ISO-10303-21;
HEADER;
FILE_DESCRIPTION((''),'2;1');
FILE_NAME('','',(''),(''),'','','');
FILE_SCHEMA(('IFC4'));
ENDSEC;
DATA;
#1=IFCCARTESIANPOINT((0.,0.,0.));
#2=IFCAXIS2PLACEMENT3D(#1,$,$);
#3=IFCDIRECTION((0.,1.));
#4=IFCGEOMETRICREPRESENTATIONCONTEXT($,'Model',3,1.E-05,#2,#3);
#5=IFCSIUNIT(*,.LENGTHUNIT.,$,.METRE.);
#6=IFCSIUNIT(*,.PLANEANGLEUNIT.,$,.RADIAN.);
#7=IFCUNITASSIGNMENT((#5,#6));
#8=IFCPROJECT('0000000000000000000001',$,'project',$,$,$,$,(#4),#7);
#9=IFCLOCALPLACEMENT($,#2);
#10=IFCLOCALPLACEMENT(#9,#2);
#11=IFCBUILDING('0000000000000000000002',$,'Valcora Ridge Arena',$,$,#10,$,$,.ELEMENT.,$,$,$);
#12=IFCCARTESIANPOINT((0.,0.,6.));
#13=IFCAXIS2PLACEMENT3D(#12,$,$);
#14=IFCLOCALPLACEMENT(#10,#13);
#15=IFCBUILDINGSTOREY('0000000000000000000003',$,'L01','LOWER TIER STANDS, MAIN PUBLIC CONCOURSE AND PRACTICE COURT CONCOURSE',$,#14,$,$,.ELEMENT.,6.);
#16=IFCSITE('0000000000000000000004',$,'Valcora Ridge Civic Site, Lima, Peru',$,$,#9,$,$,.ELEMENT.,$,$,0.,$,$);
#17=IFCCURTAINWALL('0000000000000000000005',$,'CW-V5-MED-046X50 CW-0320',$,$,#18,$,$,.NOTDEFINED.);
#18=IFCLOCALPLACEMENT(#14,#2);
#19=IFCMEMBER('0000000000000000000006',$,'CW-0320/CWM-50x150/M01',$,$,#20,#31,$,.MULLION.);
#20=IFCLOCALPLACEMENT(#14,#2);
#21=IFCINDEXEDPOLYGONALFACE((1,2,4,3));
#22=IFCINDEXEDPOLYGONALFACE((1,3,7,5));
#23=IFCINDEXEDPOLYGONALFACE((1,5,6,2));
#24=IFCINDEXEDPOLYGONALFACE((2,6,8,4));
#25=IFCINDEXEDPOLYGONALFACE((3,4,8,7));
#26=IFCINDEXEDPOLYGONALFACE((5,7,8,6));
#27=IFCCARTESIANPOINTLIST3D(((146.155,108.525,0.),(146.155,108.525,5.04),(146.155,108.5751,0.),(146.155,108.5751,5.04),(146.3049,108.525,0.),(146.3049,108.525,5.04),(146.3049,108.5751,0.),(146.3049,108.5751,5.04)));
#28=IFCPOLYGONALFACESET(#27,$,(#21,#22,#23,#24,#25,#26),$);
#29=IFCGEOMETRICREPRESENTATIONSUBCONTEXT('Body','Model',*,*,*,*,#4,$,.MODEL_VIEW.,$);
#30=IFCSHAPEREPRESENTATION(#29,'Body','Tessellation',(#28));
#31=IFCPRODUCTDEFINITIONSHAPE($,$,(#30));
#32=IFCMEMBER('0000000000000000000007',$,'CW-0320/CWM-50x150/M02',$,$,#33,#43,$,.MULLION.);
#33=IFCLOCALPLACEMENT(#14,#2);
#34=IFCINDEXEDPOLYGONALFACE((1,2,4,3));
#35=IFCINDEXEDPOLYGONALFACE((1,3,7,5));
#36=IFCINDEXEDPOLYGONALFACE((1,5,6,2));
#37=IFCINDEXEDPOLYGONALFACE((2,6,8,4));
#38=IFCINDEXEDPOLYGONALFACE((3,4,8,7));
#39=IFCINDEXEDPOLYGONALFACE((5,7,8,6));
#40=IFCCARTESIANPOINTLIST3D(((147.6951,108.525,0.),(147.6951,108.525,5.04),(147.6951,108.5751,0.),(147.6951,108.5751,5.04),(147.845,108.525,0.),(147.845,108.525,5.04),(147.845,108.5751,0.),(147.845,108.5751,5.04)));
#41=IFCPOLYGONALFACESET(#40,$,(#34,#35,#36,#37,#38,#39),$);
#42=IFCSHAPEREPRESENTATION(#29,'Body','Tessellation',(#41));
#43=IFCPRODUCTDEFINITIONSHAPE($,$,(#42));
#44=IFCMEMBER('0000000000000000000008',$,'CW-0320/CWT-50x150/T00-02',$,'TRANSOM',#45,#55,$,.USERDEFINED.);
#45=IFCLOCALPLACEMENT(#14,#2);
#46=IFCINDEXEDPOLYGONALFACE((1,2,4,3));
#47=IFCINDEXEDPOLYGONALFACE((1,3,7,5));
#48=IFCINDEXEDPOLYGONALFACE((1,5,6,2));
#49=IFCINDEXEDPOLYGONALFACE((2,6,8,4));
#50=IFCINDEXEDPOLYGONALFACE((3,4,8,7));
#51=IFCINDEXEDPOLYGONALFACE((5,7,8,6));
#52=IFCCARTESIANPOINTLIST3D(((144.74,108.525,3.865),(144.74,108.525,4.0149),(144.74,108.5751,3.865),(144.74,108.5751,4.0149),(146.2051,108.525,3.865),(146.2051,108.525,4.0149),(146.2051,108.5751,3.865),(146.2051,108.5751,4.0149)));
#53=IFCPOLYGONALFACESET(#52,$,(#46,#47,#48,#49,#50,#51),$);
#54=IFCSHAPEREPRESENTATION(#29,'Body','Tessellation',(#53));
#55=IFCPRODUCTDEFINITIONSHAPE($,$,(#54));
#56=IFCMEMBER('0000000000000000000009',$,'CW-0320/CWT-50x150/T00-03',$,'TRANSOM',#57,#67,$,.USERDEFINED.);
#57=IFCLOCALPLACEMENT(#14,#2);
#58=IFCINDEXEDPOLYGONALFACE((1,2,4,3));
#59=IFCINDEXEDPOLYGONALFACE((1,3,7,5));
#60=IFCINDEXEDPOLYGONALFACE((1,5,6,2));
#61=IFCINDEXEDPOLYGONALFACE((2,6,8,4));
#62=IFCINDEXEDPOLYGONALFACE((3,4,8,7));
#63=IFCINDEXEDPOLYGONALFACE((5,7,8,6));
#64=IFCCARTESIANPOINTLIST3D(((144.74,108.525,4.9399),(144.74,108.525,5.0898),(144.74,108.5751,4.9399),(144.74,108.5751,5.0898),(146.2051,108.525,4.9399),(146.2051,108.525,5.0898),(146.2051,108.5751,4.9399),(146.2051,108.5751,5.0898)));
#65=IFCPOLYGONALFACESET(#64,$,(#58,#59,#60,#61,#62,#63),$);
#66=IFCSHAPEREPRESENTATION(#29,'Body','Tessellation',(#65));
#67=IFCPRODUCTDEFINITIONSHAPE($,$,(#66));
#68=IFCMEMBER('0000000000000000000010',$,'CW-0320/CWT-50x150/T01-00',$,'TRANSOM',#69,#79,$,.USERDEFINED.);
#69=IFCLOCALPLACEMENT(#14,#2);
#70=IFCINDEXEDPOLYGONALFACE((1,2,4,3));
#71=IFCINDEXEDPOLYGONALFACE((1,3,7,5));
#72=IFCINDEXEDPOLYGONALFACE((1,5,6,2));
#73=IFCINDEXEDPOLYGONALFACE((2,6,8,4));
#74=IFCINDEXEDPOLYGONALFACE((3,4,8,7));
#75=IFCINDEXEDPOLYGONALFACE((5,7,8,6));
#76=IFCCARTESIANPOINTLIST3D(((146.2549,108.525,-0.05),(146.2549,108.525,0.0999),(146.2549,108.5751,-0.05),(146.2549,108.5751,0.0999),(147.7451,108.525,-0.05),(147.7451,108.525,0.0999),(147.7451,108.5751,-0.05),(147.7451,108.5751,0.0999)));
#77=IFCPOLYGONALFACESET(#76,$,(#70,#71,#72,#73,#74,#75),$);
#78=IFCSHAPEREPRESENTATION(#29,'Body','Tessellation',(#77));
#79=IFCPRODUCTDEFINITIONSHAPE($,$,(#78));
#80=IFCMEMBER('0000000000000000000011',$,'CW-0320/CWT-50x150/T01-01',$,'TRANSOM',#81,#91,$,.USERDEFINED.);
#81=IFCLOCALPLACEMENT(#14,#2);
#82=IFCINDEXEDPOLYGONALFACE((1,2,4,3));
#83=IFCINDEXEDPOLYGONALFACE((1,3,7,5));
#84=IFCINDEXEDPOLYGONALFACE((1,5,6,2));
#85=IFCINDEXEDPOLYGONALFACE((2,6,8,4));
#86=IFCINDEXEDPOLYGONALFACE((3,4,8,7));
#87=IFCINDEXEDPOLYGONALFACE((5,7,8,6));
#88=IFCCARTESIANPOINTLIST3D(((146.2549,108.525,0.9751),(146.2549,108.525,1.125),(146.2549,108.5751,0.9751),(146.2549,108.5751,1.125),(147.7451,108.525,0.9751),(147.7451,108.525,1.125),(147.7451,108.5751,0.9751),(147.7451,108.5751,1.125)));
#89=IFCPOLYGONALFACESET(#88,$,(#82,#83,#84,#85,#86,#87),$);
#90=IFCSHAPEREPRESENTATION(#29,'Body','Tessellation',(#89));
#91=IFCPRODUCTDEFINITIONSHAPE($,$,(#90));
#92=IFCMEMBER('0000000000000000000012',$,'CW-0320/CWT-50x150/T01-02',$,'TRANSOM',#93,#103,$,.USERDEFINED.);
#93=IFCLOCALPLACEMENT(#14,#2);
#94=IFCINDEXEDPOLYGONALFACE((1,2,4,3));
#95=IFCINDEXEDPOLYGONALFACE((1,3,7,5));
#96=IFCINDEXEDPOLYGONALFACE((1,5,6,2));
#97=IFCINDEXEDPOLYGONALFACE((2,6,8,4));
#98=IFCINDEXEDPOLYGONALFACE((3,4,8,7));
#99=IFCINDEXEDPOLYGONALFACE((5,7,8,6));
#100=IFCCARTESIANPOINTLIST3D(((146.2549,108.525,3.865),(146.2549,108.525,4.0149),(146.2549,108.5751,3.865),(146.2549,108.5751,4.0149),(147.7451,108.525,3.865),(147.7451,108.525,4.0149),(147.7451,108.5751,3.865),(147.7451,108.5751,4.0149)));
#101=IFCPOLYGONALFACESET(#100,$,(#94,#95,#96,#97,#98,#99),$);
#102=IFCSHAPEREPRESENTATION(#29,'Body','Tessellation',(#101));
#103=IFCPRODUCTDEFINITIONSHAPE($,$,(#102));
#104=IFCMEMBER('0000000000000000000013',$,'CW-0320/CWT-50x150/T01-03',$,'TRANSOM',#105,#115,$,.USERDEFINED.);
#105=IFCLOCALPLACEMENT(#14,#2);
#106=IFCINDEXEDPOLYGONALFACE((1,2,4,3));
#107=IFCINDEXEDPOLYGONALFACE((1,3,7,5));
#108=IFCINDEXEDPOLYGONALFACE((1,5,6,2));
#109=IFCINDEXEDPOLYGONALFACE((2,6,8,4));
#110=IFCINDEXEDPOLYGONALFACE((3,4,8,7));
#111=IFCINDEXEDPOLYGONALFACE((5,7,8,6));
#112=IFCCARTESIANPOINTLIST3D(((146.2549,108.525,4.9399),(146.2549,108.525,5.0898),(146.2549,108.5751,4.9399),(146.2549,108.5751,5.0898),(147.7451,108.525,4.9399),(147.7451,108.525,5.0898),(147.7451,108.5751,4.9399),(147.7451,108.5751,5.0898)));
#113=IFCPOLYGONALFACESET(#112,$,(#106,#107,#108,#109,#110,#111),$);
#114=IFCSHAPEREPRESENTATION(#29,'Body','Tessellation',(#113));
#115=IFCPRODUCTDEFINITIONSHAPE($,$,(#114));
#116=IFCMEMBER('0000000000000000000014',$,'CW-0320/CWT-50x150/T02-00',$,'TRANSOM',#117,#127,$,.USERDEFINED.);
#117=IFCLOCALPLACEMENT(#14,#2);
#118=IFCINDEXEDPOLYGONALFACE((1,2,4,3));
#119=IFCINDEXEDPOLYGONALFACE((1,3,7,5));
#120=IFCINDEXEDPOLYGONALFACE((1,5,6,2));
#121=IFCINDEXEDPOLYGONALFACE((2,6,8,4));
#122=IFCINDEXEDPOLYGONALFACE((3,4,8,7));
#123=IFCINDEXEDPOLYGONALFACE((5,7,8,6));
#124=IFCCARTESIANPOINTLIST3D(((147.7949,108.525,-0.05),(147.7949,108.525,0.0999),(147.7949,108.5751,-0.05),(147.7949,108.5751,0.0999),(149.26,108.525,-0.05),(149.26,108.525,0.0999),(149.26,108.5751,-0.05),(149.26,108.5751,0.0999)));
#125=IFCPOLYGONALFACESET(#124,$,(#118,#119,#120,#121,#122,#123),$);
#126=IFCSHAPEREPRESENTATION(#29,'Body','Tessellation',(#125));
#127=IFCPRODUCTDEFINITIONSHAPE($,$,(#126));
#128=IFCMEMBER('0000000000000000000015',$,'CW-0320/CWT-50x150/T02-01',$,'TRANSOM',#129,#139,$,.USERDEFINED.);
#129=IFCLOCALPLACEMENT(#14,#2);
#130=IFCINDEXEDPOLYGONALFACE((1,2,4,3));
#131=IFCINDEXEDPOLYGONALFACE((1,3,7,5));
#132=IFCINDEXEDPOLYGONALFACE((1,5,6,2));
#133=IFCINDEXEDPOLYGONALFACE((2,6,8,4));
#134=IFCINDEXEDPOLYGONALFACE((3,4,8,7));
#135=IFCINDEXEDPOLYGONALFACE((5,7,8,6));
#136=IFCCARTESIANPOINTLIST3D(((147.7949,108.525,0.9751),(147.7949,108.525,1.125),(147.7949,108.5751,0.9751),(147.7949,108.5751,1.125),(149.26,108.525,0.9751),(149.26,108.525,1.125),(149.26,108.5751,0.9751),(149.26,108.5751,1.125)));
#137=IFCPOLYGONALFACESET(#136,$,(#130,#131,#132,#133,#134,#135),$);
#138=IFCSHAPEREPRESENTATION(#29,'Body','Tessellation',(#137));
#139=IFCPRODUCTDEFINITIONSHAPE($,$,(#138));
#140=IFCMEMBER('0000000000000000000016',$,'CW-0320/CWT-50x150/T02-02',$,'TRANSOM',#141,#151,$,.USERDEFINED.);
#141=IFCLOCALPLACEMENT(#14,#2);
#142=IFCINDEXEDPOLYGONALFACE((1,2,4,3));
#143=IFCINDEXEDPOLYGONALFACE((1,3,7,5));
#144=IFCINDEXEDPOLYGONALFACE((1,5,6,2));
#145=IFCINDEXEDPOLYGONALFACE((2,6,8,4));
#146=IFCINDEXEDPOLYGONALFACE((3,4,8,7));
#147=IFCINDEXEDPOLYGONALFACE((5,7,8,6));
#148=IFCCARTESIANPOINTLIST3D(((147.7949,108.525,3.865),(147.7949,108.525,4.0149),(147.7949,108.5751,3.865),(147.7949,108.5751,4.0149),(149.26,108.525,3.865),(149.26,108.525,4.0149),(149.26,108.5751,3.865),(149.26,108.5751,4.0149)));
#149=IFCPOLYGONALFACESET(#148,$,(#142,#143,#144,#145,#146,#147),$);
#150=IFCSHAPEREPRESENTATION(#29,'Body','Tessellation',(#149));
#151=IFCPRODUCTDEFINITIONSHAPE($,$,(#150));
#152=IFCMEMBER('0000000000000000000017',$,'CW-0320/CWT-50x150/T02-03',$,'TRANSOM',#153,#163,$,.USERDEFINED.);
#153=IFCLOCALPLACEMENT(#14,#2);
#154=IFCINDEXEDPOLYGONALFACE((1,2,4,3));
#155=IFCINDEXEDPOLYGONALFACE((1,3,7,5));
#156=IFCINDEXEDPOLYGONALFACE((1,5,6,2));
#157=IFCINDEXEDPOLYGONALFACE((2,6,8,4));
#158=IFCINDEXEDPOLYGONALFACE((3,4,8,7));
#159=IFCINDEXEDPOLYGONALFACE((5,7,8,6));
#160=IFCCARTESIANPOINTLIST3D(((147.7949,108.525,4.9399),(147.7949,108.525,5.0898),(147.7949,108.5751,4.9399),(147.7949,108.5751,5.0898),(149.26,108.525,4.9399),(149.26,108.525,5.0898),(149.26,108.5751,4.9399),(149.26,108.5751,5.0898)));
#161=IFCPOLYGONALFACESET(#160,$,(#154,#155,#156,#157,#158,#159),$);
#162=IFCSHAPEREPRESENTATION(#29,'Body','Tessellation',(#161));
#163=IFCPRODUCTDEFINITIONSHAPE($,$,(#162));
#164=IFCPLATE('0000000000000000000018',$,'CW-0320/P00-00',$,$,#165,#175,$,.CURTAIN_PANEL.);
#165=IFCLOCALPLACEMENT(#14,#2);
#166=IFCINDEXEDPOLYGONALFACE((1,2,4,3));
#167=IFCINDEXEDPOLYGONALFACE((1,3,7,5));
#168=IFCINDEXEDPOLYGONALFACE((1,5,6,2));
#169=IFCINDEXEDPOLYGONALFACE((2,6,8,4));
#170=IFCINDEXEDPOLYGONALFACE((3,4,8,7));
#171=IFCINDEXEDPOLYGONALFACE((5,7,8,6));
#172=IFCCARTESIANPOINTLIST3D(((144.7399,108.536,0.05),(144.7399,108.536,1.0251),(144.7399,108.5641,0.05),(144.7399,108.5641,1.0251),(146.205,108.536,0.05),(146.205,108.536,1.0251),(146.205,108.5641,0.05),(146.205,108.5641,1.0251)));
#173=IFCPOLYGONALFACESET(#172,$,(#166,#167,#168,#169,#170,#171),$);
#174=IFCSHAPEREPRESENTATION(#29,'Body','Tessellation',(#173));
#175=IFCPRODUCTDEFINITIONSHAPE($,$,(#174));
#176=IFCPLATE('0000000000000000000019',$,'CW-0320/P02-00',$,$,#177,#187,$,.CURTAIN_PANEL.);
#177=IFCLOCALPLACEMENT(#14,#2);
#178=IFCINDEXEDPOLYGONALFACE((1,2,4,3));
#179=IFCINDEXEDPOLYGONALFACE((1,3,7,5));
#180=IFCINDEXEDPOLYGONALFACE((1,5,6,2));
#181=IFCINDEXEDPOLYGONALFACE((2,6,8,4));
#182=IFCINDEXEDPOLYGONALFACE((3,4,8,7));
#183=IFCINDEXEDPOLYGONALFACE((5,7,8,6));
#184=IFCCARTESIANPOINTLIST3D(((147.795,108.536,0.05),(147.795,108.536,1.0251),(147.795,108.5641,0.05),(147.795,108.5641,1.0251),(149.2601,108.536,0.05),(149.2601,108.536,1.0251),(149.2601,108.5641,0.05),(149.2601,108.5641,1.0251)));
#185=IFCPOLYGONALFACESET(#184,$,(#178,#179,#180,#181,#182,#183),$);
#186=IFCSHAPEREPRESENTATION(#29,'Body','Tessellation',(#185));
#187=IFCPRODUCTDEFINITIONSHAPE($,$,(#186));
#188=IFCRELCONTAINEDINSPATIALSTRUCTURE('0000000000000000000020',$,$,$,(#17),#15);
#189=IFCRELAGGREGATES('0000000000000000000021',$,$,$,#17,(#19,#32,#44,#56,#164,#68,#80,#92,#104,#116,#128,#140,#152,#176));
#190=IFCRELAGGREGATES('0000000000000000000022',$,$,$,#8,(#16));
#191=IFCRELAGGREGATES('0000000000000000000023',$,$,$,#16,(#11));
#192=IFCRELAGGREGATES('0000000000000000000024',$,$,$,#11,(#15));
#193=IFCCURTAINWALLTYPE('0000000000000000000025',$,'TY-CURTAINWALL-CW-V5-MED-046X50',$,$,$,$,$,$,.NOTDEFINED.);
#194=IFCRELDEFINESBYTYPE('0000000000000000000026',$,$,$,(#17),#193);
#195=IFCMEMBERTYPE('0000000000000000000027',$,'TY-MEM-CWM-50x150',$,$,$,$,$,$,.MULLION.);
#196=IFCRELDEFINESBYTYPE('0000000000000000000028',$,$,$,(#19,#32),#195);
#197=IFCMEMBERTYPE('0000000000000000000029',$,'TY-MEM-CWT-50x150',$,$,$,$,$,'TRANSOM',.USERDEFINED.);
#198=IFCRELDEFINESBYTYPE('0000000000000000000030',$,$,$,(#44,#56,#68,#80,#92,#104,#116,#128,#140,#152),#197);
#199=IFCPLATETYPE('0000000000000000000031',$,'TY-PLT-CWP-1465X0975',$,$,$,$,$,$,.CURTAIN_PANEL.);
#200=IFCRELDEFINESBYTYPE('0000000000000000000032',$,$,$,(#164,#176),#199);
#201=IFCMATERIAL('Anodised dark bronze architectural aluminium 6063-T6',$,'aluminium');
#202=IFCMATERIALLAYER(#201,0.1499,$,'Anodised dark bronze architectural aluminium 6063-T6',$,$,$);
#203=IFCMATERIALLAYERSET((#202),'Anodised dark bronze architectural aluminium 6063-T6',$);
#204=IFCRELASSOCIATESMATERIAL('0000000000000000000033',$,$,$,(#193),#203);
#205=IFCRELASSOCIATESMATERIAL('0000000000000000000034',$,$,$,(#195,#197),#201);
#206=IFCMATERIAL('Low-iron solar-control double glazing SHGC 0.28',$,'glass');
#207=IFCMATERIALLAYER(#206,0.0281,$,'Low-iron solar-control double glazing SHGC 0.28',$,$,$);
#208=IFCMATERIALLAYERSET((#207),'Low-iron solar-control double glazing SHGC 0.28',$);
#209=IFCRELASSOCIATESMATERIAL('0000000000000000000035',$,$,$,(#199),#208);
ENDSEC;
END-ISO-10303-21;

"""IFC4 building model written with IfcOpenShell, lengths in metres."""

from ifc_helpers import new_model, si_unit, direction, frame, origin, origin_2d, place, context, subcontext, project, spatial, rectangle, extrude, material, layer, layer_set, material_profile, profile_set, type_object, element, aggregate, save


model = new_model("IFC4")

# Units and contexts
model_context = context("Model", 3, precision=1e-05, world=origin(), true_north=direction((0.0, 1.0)))
body_context = subcontext(model_context, "Body", "Model", "MODEL_VIEW")
ifc_project = project(units=[si_unit("LENGTHUNIT", "METRE"), si_unit("PLANEANGLEUNIT", "RADIAN")], contexts=[model_context])

# Site, building, storey
site_placement = place(None, origin())
site = spatial("IfcSite", under=ifc_project, at=site_placement, Name="Valcora Ridge Civic Site, Lima, Peru", CompositionType="ELEMENT", RefElevation=0.0)
building_placement = place(site_placement, origin())
building = spatial("IfcBuilding", under=site, at=building_placement, Name="Valcora Ridge Arena", CompositionType="ELEMENT")
storey_placement = place(building_placement, frame((0.0, 0.0, 6.0)))
storey = spatial("IfcBuildingStorey", under=building, at=storey_placement, Name="L01", Description="LOWER TIER STANDS, MAIN PUBLIC CONCOURSE AND PRACTICE COURT CONCOURSE", CompositionType="ELEMENT", Elevation=6.0)

# Curtain wall, members, plates
ifc_material_1 = material(Name="Anodised dark bronze architectural aluminium 6063-T6", Category="aluminium")
ifc_layer_1 = layer(ifc_material_1, 0.1499, Name="Anodised dark bronze architectural aluminium 6063-T6")
ifc_layer_set_1 = layer_set([ifc_layer_1], Name="Anodised dark bronze architectural aluminium 6063-T6")
curtain_wall_type = type_object("IfcCurtainWallType", Name="TY-CURTAINWALL-CW-V5-MED-046X50", PredefinedType="NOTDEFINED", material=ifc_layer_set_1)
curtain_wall_placement = place(storey_placement, origin())
curtain_wall = element("IfcCurtainWall", 1, at=curtain_wall_placement, inside=storey, type_object=curtain_wall_type, Name="CW-V5-MED-046X50 CW-0320", PredefinedType="NOTDEFINED")
ifc_material_profile_1 = material_profile(ifc_material_1, rectangle(XDim=0.05, YDim=0.1499, at=origin_2d()), Name="ALU MULLION 50x150")
ifc_profile_set_1 = profile_set([ifc_material_profile_1], Name="Anodised dark bronze architectural aluminium 6063-T6")
member_type_1 = type_object("IfcMemberType", Name="TY-MEM-CWM-50x150", PredefinedType="MULLION", material=ifc_profile_set_1)
member_1_placement = place(storey_placement, frame((146.23, 108.55, 0.0), z_axis=(0.0, 0.0, 1.0), x_axis=(0.0, 1.0, 0.0)))
member_1 = element("IfcMember", 2, at=member_1_placement, type_object=member_type_1, Name="CW-0320/CWM-50x150/M01", PredefinedType="MULLION", context=body_context, shape_type="SweptSolid", body=[
    extrude(rectangle(XDim=0.05, YDim=0.1499, at=origin_2d()), origin(), (0.0, 0.0, 1.0), 5.04),
])
member_2_placement = place(storey_placement, frame((147.77, 108.55, 0.0), z_axis=(0.0, 0.0, 1.0), x_axis=(0.0, 1.0, 0.0)))
member_2 = element("IfcMember", 3, at=member_2_placement, type_object=member_type_1, Name="CW-0320/CWM-50x150/M02", PredefinedType="MULLION", context=body_context, shape_type="SweptSolid", body=[
    extrude(rectangle(XDim=0.05, YDim=0.1499, at=origin_2d()), origin(), (0.0, 0.0, 1.0), 5.04),
])
ifc_material_profile_2 = material_profile(ifc_material_1, rectangle(XDim=0.05, YDim=0.1499, at=origin_2d()), Name="ALU TRANSOM 50x150")
ifc_profile_set_2 = profile_set([ifc_material_profile_2], Name="Anodised dark bronze architectural aluminium 6063-T6")
member_type_2 = type_object("IfcMemberType", Name="TY-MEM-CWT-50x150", ElementType="TRANSOM", PredefinedType="USERDEFINED", material=ifc_profile_set_2)
member_3_placement = place(storey_placement, frame((144.74, 108.55, 3.9399), z_axis=(1.0, 0.0, 0.0), x_axis=(0.0, 1.0, 0.0)))
member_3 = element("IfcMember", 4, at=member_3_placement, type_object=member_type_2, Name="CW-0320/CWT-50x150/T00-02", ObjectType="TRANSOM", PredefinedType="USERDEFINED", context=body_context, shape_type="SweptSolid", body=[
    extrude(rectangle(XDim=0.05, YDim=0.1499, at=origin_2d()), origin(), (0.0, 0.0, 1.0), 1.4651),
])
member_4_placement = place(storey_placement, frame((144.74, 108.55, 5.0149), z_axis=(1.0, 0.0, 0.0), x_axis=(0.0, 1.0, 0.0)))
member_4 = element("IfcMember", 5, at=member_4_placement, type_object=member_type_2, Name="CW-0320/CWT-50x150/T00-03", ObjectType="TRANSOM", PredefinedType="USERDEFINED", context=body_context, shape_type="SweptSolid", body=[
    extrude(rectangle(XDim=0.05, YDim=0.1499, at=origin_2d()), origin(), (0.0, 0.0, 1.0), 1.4651),
])
member_5_placement = place(storey_placement, frame((146.2549, 108.55, 0.0249), z_axis=(1.0, 0.0, 0.0), x_axis=(0.0, 1.0, 0.0)))
member_5 = element("IfcMember", 6, at=member_5_placement, type_object=member_type_2, Name="CW-0320/CWT-50x150/T01-00", ObjectType="TRANSOM", PredefinedType="USERDEFINED", context=body_context, shape_type="SweptSolid", body=[
    extrude(rectangle(XDim=0.05, YDim=0.1499, at=origin_2d()), origin(), (0.0, 0.0, 1.0), 1.4902),
])
member_6_placement = place(storey_placement, frame((146.2549, 108.55, 1.05), z_axis=(1.0, 0.0, 0.0), x_axis=(0.0, 1.0, 0.0)))
member_6 = element("IfcMember", 7, at=member_6_placement, type_object=member_type_2, Name="CW-0320/CWT-50x150/T01-01", ObjectType="TRANSOM", PredefinedType="USERDEFINED", context=body_context, shape_type="SweptSolid", body=[
    extrude(rectangle(XDim=0.05, YDim=0.1499, at=origin_2d()), origin(), (0.0, 0.0, 1.0), 1.4902),
])
member_7_placement = place(storey_placement, frame((146.2549, 108.55, 3.9399), z_axis=(1.0, 0.0, 0.0), x_axis=(0.0, 1.0, 0.0)))
member_7 = element("IfcMember", 8, at=member_7_placement, type_object=member_type_2, Name="CW-0320/CWT-50x150/T01-02", ObjectType="TRANSOM", PredefinedType="USERDEFINED", context=body_context, shape_type="SweptSolid", body=[
    extrude(rectangle(XDim=0.05, YDim=0.1499, at=origin_2d()), origin(), (0.0, 0.0, 1.0), 1.4902),
])
member_8_placement = place(storey_placement, frame((146.2549, 108.55, 5.0149), z_axis=(1.0, 0.0, 0.0), x_axis=(0.0, 1.0, 0.0)))
member_8 = element("IfcMember", 9, at=member_8_placement, type_object=member_type_2, Name="CW-0320/CWT-50x150/T01-03", ObjectType="TRANSOM", PredefinedType="USERDEFINED", context=body_context, shape_type="SweptSolid", body=[
    extrude(rectangle(XDim=0.05, YDim=0.1499, at=origin_2d()), origin(), (0.0, 0.0, 1.0), 1.4902),
])
member_9_placement = place(storey_placement, frame((147.7949, 108.55, 0.0249), z_axis=(1.0, 0.0, 0.0), x_axis=(0.0, 1.0, 0.0)))
member_9 = element("IfcMember", 10, at=member_9_placement, type_object=member_type_2, Name="CW-0320/CWT-50x150/T02-00", ObjectType="TRANSOM", PredefinedType="USERDEFINED", context=body_context, shape_type="SweptSolid", body=[
    extrude(rectangle(XDim=0.05, YDim=0.1499, at=origin_2d()), origin(), (0.0, 0.0, 1.0), 1.4651),
])
member_10_placement = place(storey_placement, frame((147.7949, 108.55, 1.05), z_axis=(1.0, 0.0, 0.0), x_axis=(0.0, 1.0, 0.0)))
member_10 = element("IfcMember", 11, at=member_10_placement, type_object=member_type_2, Name="CW-0320/CWT-50x150/T02-01", ObjectType="TRANSOM", PredefinedType="USERDEFINED", context=body_context, shape_type="SweptSolid", body=[
    extrude(rectangle(XDim=0.05, YDim=0.1499, at=origin_2d()), origin(), (0.0, 0.0, 1.0), 1.4651),
])
member_11_placement = place(storey_placement, frame((147.7949, 108.55, 3.9399), z_axis=(1.0, 0.0, 0.0), x_axis=(0.0, 1.0, 0.0)))
member_11 = element("IfcMember", 12, at=member_11_placement, type_object=member_type_2, Name="CW-0320/CWT-50x150/T02-02", ObjectType="TRANSOM", PredefinedType="USERDEFINED", context=body_context, shape_type="SweptSolid", body=[
    extrude(rectangle(XDim=0.05, YDim=0.1499, at=origin_2d()), origin(), (0.0, 0.0, 1.0), 1.4651),
])
member_12_placement = place(storey_placement, frame((147.7949, 108.55, 5.0149), z_axis=(1.0, 0.0, 0.0), x_axis=(0.0, 1.0, 0.0)))
member_12 = element("IfcMember", 13, at=member_12_placement, type_object=member_type_2, Name="CW-0320/CWT-50x150/T02-03", ObjectType="TRANSOM", PredefinedType="USERDEFINED", context=body_context, shape_type="SweptSolid", body=[
    extrude(rectangle(XDim=0.05, YDim=0.1499, at=origin_2d()), origin(), (0.0, 0.0, 1.0), 1.4651),
])
ifc_material_2 = material(Name="Low-iron solar-control double glazing SHGC 0.28", Category="glass")
ifc_layer_2 = layer(ifc_material_2, 0.0281, Name="Low-iron solar-control double glazing SHGC 0.28")
ifc_layer_set_2 = layer_set([ifc_layer_2], Name="Low-iron solar-control double glazing SHGC 0.28")
plate_type_1 = type_object("IfcPlateType", Name="TY-PLT-CWP-1465X0975", PredefinedType="CURTAIN_PANEL", material=ifc_layer_set_2)
plate_1_placement = place(storey_placement, frame((145.4724, 108.55, 0.05), z_axis=(0.0, 0.0, 1.0), x_axis=(1.0, 0.0, 0.0)))
plate_1 = element("IfcPlate", 14, at=plate_1_placement, type_object=plate_type_1, Name="CW-0320/P00-00", PredefinedType="CURTAIN_PANEL", context=body_context, shape_type="SweptSolid", body=[
    extrude(rectangle(XDim=1.4651, YDim=0.0281, at=origin_2d()), origin(), (0.0, 0.0, 1.0), 0.9751),
])
plate_2_placement = place(storey_placement, frame((148.5276, 108.55, 0.05), z_axis=(0.0, 0.0, 1.0), x_axis=(1.0, 0.0, 0.0)))
plate_2 = element("IfcPlate", 15, at=plate_2_placement, type_object=plate_type_1, Name="CW-0320/P02-00", PredefinedType="CURTAIN_PANEL", context=body_context, shape_type="SweptSolid", body=[
    extrude(rectangle(XDim=1.4651, YDim=0.0281, at=origin_2d()), origin(), (0.0, 0.0, 1.0), 0.9751),
])
aggregate(curtain_wall, [member_1, member_2, member_3, member_4, plate_1, member_5, member_6, member_7, member_8, member_9, member_10, member_11, member_12, plate_2])

save(model, "model.ifc")
